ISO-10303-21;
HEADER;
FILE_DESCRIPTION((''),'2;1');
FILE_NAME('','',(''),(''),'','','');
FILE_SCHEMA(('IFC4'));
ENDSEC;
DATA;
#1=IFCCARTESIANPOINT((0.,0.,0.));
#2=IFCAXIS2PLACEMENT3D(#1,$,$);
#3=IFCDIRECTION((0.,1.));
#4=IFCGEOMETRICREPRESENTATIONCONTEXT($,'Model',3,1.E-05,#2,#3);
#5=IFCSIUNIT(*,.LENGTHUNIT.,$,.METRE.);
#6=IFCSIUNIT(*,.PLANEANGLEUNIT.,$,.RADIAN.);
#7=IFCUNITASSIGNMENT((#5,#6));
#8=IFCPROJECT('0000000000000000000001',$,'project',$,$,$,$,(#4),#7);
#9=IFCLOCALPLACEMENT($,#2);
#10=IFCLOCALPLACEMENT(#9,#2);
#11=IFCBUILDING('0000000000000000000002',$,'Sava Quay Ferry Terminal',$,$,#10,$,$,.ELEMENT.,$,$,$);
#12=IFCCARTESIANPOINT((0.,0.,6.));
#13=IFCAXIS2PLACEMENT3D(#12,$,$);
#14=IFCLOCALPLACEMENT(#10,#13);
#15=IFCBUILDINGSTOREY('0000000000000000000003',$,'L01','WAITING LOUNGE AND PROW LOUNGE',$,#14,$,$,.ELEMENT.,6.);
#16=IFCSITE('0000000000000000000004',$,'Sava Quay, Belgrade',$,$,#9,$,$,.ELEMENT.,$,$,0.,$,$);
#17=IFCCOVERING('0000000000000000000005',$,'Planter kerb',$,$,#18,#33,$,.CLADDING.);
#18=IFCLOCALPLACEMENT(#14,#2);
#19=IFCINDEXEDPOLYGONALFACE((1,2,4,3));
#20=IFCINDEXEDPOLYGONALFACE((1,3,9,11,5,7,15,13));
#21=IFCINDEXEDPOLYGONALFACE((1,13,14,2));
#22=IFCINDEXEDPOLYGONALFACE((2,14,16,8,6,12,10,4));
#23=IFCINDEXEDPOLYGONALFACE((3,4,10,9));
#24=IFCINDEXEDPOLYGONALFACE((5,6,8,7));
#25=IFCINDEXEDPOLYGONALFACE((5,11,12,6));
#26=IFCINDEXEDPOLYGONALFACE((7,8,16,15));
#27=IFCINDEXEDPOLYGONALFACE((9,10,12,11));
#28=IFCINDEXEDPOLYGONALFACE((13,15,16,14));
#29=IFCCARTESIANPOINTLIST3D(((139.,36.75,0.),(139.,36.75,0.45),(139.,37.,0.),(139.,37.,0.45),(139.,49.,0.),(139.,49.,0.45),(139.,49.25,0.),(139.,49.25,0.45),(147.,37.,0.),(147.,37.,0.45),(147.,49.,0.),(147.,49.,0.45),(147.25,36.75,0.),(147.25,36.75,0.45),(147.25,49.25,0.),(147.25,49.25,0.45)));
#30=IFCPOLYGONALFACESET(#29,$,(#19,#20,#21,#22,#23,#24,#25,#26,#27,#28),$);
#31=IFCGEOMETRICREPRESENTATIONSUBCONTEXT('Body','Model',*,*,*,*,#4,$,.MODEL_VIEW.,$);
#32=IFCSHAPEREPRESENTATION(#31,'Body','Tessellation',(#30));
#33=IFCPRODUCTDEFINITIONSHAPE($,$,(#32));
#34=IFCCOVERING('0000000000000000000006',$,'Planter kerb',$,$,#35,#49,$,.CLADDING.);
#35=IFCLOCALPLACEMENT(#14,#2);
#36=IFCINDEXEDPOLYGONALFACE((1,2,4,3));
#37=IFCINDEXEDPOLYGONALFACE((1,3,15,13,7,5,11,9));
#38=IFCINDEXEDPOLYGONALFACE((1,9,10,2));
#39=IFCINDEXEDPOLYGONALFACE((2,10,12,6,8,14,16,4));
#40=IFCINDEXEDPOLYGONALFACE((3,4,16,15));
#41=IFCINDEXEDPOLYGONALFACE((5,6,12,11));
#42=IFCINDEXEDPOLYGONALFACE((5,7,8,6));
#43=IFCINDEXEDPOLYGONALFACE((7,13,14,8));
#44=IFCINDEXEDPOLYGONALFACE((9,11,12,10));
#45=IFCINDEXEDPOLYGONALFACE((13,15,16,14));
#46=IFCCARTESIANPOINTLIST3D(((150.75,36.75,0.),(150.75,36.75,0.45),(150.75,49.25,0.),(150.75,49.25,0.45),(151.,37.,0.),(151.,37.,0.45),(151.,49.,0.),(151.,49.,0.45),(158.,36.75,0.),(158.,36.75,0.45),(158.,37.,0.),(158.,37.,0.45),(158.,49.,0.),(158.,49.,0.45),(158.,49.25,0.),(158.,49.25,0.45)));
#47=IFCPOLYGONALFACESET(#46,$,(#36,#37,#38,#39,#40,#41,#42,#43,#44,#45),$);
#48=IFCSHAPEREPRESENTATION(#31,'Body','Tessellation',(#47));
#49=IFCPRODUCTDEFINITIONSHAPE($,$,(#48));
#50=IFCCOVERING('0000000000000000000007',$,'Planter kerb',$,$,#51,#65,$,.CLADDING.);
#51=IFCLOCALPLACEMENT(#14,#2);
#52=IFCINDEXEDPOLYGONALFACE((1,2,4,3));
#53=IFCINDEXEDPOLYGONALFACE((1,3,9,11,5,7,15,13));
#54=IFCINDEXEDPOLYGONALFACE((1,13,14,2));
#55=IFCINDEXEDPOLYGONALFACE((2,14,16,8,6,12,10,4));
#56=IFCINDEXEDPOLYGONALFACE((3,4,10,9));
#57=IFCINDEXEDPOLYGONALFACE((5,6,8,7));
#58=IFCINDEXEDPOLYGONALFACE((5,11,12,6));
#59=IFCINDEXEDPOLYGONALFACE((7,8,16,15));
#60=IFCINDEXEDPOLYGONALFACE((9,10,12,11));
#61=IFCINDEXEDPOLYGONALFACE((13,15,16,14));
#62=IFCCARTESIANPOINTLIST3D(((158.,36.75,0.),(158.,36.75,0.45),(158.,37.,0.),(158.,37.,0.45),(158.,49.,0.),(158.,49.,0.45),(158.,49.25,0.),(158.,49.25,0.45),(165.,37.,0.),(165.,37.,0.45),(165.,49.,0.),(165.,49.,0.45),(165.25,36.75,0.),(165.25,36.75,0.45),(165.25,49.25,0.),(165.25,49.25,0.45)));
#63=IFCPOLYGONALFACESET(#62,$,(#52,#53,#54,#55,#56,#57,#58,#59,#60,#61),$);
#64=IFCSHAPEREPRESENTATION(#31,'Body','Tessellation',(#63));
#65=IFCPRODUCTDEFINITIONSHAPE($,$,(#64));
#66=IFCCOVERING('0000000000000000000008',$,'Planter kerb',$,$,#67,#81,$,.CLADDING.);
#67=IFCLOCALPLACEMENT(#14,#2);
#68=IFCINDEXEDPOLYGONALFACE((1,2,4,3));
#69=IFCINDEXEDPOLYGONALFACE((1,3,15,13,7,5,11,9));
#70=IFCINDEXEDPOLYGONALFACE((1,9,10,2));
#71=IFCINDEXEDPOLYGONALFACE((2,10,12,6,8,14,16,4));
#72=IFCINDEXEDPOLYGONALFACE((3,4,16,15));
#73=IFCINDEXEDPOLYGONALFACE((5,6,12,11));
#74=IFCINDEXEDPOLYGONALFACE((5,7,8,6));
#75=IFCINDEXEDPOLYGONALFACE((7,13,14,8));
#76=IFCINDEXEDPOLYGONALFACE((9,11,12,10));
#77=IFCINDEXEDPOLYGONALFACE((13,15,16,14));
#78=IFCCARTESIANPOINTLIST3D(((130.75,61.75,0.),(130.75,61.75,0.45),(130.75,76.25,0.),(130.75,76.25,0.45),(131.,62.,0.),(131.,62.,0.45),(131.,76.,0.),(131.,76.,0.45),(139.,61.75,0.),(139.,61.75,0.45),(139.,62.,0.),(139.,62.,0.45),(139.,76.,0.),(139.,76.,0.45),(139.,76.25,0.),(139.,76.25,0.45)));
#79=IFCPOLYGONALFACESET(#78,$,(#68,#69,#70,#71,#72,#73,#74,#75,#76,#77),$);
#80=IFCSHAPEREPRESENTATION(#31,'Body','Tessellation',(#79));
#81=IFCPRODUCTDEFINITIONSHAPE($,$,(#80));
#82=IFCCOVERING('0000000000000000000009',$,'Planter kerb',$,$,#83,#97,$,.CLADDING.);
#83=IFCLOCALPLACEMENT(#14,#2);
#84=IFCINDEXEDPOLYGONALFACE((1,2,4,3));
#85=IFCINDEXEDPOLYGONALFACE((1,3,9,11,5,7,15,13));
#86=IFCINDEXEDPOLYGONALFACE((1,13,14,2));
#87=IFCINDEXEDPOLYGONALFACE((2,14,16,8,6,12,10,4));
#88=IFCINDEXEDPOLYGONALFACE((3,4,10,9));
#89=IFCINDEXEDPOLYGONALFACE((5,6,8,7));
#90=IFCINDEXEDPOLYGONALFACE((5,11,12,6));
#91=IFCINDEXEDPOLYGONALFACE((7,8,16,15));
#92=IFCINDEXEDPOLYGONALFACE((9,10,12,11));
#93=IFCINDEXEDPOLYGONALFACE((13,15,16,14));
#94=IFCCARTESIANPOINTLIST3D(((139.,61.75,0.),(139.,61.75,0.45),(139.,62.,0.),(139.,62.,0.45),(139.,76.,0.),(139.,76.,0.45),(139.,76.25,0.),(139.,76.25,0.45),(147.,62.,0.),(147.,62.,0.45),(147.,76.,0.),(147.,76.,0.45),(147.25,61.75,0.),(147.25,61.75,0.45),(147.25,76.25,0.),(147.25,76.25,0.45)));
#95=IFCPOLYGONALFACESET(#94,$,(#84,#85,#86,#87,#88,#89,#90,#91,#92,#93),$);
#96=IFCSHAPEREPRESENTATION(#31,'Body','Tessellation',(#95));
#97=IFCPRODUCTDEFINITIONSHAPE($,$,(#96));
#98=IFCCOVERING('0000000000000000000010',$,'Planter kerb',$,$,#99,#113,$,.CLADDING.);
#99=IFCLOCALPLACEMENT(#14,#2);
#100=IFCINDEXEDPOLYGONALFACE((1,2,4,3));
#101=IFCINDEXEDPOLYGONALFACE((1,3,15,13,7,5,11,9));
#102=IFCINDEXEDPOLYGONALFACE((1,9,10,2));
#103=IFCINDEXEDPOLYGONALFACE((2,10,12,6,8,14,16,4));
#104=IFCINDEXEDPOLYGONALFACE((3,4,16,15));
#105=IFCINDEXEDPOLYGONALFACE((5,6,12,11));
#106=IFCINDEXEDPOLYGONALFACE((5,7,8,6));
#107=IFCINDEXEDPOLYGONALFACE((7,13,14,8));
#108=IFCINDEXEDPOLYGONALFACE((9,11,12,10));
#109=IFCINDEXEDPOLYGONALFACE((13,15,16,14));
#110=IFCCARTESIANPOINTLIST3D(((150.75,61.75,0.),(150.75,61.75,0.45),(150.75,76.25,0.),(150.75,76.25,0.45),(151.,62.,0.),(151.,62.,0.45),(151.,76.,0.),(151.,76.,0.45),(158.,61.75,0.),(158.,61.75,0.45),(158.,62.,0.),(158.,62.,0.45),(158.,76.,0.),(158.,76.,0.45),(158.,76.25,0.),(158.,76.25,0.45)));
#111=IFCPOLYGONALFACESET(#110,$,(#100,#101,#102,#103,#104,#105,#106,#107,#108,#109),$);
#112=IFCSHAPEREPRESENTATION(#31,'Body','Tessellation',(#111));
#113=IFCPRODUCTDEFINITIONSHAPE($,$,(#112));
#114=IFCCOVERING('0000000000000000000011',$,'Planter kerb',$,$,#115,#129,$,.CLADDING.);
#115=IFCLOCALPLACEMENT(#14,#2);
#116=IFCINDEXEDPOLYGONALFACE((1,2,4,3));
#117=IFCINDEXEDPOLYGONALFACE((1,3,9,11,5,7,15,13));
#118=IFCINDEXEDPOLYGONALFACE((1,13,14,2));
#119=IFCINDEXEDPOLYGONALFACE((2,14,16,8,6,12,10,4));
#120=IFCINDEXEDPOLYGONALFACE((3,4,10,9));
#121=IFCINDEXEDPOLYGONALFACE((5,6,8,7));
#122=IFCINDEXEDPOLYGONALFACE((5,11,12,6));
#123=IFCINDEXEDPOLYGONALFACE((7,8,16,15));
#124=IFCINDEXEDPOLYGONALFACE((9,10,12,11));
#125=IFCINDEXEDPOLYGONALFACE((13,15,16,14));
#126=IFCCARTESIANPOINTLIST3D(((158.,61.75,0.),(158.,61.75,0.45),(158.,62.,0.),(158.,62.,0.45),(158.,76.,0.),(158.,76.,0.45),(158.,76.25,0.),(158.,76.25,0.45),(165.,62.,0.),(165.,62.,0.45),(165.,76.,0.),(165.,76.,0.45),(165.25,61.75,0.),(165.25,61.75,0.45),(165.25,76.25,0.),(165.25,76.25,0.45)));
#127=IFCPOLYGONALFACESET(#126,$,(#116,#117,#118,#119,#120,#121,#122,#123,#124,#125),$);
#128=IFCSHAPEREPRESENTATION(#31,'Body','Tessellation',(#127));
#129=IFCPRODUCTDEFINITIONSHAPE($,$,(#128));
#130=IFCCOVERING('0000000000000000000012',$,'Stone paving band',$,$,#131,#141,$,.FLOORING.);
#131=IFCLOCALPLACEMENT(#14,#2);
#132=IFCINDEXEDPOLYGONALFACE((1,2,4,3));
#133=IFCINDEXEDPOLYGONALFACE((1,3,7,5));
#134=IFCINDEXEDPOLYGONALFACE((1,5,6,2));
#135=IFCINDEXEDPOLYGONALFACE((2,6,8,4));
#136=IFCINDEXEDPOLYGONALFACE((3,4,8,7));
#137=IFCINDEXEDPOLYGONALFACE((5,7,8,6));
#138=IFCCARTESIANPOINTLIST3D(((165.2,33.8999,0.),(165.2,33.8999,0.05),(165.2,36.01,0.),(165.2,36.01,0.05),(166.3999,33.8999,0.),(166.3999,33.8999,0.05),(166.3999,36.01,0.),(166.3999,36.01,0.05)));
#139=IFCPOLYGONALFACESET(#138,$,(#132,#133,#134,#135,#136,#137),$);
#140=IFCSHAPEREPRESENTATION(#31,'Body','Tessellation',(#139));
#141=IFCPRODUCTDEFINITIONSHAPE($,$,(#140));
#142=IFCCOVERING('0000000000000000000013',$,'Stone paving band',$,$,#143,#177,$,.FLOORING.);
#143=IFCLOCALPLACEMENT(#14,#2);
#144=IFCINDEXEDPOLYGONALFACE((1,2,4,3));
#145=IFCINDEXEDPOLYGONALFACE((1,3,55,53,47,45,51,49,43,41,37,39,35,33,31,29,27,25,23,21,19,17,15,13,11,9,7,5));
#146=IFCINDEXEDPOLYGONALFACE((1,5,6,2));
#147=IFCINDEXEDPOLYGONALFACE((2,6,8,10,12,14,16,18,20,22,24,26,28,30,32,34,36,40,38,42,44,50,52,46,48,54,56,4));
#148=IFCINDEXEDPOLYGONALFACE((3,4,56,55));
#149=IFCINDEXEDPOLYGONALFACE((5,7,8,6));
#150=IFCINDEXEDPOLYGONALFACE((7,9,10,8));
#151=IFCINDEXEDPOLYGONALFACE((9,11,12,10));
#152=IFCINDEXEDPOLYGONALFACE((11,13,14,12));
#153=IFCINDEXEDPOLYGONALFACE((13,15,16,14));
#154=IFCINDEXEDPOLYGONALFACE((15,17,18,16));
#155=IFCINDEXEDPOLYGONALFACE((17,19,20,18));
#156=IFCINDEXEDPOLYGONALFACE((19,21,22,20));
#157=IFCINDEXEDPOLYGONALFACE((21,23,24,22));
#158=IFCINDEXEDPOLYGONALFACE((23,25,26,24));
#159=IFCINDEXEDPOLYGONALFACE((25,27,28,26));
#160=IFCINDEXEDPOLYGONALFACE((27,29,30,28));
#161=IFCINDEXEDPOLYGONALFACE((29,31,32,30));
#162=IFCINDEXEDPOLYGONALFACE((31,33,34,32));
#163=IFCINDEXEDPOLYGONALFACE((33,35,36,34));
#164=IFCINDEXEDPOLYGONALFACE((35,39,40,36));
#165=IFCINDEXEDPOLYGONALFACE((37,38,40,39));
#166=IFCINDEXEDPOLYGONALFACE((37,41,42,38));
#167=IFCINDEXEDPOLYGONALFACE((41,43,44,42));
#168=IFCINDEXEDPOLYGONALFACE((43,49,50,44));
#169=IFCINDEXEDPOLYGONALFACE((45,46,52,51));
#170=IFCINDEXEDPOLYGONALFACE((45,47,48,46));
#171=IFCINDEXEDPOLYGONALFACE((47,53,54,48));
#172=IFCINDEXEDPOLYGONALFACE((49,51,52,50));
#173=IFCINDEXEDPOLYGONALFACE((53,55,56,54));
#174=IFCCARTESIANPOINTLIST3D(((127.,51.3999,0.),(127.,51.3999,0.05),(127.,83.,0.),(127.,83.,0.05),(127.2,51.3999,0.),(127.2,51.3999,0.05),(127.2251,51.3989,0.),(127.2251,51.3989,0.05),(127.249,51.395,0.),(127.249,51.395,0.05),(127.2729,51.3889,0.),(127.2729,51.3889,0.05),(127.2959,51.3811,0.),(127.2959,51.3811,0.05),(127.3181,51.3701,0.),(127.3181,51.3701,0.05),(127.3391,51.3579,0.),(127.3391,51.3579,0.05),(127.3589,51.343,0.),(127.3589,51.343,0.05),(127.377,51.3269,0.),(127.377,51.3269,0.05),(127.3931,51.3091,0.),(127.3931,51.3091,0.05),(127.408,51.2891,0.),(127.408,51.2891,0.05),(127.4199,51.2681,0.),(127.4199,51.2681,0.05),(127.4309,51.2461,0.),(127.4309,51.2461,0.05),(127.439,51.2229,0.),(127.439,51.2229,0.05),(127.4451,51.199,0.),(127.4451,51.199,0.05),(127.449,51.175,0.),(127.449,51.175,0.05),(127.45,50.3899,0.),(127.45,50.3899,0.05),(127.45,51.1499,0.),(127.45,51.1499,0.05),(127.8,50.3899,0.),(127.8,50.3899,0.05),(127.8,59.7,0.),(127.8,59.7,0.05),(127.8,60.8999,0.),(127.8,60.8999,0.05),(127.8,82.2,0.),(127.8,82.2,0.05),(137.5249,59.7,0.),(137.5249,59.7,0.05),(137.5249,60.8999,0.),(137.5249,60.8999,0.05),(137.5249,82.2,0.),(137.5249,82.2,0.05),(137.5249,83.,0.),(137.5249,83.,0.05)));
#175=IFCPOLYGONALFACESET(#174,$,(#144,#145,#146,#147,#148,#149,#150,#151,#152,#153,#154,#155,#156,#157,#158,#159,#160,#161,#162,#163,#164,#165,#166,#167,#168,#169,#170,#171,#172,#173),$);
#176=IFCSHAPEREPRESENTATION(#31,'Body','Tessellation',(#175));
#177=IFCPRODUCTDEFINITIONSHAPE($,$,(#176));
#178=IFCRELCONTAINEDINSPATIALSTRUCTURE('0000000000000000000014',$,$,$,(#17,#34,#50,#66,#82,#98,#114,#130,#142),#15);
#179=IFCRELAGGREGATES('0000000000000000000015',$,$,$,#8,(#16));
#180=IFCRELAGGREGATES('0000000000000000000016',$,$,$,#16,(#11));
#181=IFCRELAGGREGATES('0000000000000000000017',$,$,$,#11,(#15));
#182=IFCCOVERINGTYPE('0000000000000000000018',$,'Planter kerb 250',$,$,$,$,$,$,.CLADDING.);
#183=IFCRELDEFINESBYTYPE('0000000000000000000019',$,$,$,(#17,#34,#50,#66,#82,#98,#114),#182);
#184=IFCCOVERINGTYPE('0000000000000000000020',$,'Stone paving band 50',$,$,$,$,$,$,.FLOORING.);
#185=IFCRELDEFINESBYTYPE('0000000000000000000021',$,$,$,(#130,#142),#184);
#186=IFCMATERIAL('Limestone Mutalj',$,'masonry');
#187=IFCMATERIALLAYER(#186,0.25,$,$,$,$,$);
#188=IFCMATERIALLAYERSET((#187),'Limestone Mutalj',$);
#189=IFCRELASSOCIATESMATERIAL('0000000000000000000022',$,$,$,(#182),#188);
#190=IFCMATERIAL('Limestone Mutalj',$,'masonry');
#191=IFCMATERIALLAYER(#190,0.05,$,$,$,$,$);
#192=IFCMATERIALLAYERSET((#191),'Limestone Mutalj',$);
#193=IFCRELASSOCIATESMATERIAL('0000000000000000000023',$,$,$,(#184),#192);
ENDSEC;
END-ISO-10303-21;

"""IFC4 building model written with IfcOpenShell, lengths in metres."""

from ifc_helpers import new_model, si_unit, direction, frame, origin, place, context, subcontext, project, spatial, polyline, outline, extrude, material, layer, layer_set, type_object, element, save


model = new_model("IFC4")

# Units and contexts
model_context = context("Model", 3, precision=1e-05, world=origin(), true_north=direction((0.0, 1.0)))
body_context = subcontext(model_context, "Body", "Model", "MODEL_VIEW")
ifc_project = project(units=[si_unit("LENGTHUNIT", "METRE"), si_unit("PLANEANGLEUNIT", "RADIAN")], contexts=[model_context])

# Site, building, storey
site_placement = place(None, origin())
site = spatial("IfcSite", under=ifc_project, at=site_placement, Name="Sava Quay, Belgrade", CompositionType="ELEMENT", RefElevation=0.0)
building_placement = place(site_placement, origin())
building = spatial("IfcBuilding", under=site, at=building_placement, Name="Sava Quay Ferry Terminal", CompositionType="ELEMENT")
storey_placement = place(building_placement, frame((0.0, 0.0, 6.0)))
storey = spatial("IfcBuildingStorey", under=building, at=storey_placement, Name="L01", Description="WAITING LOUNGE AND PROW LOUNGE", CompositionType="ELEMENT", Elevation=6.0)

# Coverings
ifc_material_1 = material(Name="Limestone Mutalj", Category="masonry")
ifc_layer_1 = layer(ifc_material_1, 0.25)
ifc_layer_set_1 = layer_set([ifc_layer_1], Name="Limestone Mutalj")
covering_type_1 = type_object("IfcCoveringType", Name="Planter kerb 250", PredefinedType="CLADDING", material=ifc_layer_set_1)
covering_1_placement = place(storey_placement, origin())
element("IfcCovering", 1, at=covering_1_placement, inside=storey, type_object=covering_type_1, Name="Planter kerb", PredefinedType="CLADDING", context=body_context, shape_type="SweptSolid", body=[
    extrude(outline(polyline([(147.25, 49.25), (139.0, 49.25), (139.0, 49.0), (147.0, 49.0), (147.0, 37.0), (139.0, 37.0), (139.0, 36.75), (147.25, 36.75), (147.25, 49.25)])), origin(), (0.0, 0.0, 1.0), 0.45),
])
covering_2_placement = place(storey_placement, origin())
element("IfcCovering", 2, at=covering_2_placement, inside=storey, type_object=covering_type_1, Name="Planter kerb", PredefinedType="CLADDING", context=body_context, shape_type="SweptSolid", body=[
    extrude(outline(polyline([(150.75, 49.25), (150.75, 36.75), (158.0, 36.75), (158.0, 37.0), (151.0, 37.0), (151.0, 49.0), (158.0, 49.0), (158.0, 49.25), (150.75, 49.25)])), origin(), (0.0, 0.0, 1.0), 0.45),
])
covering_3_placement = place(storey_placement, origin())
element("IfcCovering", 3, at=covering_3_placement, inside=storey, type_object=covering_type_1, Name="Planter kerb", PredefinedType="CLADDING", context=body_context, shape_type="SweptSolid", body=[
    extrude(outline(polyline([(165.25, 49.25), (158.0, 49.25), (158.0, 49.0), (165.0, 49.0), (165.0, 37.0), (158.0, 37.0), (158.0, 36.75), (165.25, 36.75), (165.25, 49.25)])), origin(), (0.0, 0.0, 1.0), 0.45),
])
covering_4_placement = place(storey_placement, origin())
element("IfcCovering", 4, at=covering_4_placement, inside=storey, type_object=covering_type_1, Name="Planter kerb", PredefinedType="CLADDING", context=body_context, shape_type="SweptSolid", body=[
    extrude(outline(polyline([(130.75, 76.25), (130.75, 61.75), (139.0, 61.75), (139.0, 62.0), (131.0, 62.0), (131.0, 76.0), (139.0, 76.0), (139.0, 76.25), (130.75, 76.25)])), origin(), (0.0, 0.0, 1.0), 0.45),
])
covering_5_placement = place(storey_placement, origin())
element("IfcCovering", 5, at=covering_5_placement, inside=storey, type_object=covering_type_1, Name="Planter kerb", PredefinedType="CLADDING", context=body_context, shape_type="SweptSolid", body=[
    extrude(outline(polyline([(147.25, 76.25), (139.0, 76.25), (139.0, 76.0), (147.0, 76.0), (147.0, 62.0), (139.0, 62.0), (139.0, 61.75), (147.25, 61.75), (147.25, 76.25)])), origin(), (0.0, 0.0, 1.0), 0.45),
])
covering_6_placement = place(storey_placement, origin())
element("IfcCovering", 6, at=covering_6_placement, inside=storey, type_object=covering_type_1, Name="Planter kerb", PredefinedType="CLADDING", context=body_context, shape_type="SweptSolid", body=[
    extrude(outline(polyline([(150.75, 76.25), (150.75, 61.75), (158.0, 61.75), (158.0, 62.0), (151.0, 62.0), (151.0, 76.0), (158.0, 76.0), (158.0, 76.25), (150.75, 76.25)])), origin(), (0.0, 0.0, 1.0), 0.45),
])
covering_7_placement = place(storey_placement, origin())
element("IfcCovering", 7, at=covering_7_placement, inside=storey, type_object=covering_type_1, Name="Planter kerb", PredefinedType="CLADDING", context=body_context, shape_type="SweptSolid", body=[
    extrude(outline(polyline([(165.25, 76.25), (158.0, 76.25), (158.0, 76.0), (165.0, 76.0), (165.0, 62.0), (158.0, 62.0), (158.0, 61.75), (165.25, 61.75), (165.25, 76.25)])), origin(), (0.0, 0.0, 1.0), 0.45),
])
ifc_material_2 = material(Name="Limestone Mutalj", Category="masonry")
ifc_layer_2 = layer(ifc_material_2, 0.05)
ifc_layer_set_2 = layer_set([ifc_layer_2], Name="Limestone Mutalj")
covering_type_2 = type_object("IfcCoveringType", Name="Stone paving band 50", PredefinedType="FLOORING", material=ifc_layer_set_2)
covering_8_placement = place(storey_placement, origin())
element("IfcCovering", 8, at=covering_8_placement, inside=storey, type_object=covering_type_2, Name="Stone paving band", PredefinedType="FLOORING", context=body_context, shape_type="SweptSolid", body=[
    extrude(outline(polyline([(166.3999, 33.8999), (166.3999, 36.01), (165.2, 36.01), (165.2, 33.8999), (166.3999, 33.8999)])), origin(), (0.0, 0.0, 1.0), 0.05),
])
covering_9_placement = place(storey_placement, origin())
element("IfcCovering", 9, at=covering_9_placement, inside=storey, type_object=covering_type_2, Name="Stone paving band", PredefinedType="FLOORING", context=body_context, shape_type="SweptSolid", body=[
    extrude(outline(polyline([(127.8, 59.7), (137.5249, 59.7), (137.5249, 60.8999), (127.8, 60.8999), (127.8, 82.2), (137.5249, 82.2), (137.5249, 83.0), (127.0, 83.0), (127.0, 51.3999), (127.2, 51.3999), (127.2251, 51.3989), (127.249, 51.395), (127.2729, 51.3889), (127.2959, 51.3811), (127.3181, 51.3701), (127.3391, 51.3579), (127.3589, 51.343), (127.377, 51.3269), (127.3931, 51.3091), (127.408, 51.2891), (127.4199, 51.2681), (127.4309, 51.2461), (127.439, 51.2229), (127.4451, 51.199), (127.449, 51.175), (127.45, 51.1499), (127.45, 50.3899), (127.8, 50.3899), (127.8, 59.7)])), origin(), (0.0, 0.0, 1.0), 0.05),
])

save(model, "model.ifc")
